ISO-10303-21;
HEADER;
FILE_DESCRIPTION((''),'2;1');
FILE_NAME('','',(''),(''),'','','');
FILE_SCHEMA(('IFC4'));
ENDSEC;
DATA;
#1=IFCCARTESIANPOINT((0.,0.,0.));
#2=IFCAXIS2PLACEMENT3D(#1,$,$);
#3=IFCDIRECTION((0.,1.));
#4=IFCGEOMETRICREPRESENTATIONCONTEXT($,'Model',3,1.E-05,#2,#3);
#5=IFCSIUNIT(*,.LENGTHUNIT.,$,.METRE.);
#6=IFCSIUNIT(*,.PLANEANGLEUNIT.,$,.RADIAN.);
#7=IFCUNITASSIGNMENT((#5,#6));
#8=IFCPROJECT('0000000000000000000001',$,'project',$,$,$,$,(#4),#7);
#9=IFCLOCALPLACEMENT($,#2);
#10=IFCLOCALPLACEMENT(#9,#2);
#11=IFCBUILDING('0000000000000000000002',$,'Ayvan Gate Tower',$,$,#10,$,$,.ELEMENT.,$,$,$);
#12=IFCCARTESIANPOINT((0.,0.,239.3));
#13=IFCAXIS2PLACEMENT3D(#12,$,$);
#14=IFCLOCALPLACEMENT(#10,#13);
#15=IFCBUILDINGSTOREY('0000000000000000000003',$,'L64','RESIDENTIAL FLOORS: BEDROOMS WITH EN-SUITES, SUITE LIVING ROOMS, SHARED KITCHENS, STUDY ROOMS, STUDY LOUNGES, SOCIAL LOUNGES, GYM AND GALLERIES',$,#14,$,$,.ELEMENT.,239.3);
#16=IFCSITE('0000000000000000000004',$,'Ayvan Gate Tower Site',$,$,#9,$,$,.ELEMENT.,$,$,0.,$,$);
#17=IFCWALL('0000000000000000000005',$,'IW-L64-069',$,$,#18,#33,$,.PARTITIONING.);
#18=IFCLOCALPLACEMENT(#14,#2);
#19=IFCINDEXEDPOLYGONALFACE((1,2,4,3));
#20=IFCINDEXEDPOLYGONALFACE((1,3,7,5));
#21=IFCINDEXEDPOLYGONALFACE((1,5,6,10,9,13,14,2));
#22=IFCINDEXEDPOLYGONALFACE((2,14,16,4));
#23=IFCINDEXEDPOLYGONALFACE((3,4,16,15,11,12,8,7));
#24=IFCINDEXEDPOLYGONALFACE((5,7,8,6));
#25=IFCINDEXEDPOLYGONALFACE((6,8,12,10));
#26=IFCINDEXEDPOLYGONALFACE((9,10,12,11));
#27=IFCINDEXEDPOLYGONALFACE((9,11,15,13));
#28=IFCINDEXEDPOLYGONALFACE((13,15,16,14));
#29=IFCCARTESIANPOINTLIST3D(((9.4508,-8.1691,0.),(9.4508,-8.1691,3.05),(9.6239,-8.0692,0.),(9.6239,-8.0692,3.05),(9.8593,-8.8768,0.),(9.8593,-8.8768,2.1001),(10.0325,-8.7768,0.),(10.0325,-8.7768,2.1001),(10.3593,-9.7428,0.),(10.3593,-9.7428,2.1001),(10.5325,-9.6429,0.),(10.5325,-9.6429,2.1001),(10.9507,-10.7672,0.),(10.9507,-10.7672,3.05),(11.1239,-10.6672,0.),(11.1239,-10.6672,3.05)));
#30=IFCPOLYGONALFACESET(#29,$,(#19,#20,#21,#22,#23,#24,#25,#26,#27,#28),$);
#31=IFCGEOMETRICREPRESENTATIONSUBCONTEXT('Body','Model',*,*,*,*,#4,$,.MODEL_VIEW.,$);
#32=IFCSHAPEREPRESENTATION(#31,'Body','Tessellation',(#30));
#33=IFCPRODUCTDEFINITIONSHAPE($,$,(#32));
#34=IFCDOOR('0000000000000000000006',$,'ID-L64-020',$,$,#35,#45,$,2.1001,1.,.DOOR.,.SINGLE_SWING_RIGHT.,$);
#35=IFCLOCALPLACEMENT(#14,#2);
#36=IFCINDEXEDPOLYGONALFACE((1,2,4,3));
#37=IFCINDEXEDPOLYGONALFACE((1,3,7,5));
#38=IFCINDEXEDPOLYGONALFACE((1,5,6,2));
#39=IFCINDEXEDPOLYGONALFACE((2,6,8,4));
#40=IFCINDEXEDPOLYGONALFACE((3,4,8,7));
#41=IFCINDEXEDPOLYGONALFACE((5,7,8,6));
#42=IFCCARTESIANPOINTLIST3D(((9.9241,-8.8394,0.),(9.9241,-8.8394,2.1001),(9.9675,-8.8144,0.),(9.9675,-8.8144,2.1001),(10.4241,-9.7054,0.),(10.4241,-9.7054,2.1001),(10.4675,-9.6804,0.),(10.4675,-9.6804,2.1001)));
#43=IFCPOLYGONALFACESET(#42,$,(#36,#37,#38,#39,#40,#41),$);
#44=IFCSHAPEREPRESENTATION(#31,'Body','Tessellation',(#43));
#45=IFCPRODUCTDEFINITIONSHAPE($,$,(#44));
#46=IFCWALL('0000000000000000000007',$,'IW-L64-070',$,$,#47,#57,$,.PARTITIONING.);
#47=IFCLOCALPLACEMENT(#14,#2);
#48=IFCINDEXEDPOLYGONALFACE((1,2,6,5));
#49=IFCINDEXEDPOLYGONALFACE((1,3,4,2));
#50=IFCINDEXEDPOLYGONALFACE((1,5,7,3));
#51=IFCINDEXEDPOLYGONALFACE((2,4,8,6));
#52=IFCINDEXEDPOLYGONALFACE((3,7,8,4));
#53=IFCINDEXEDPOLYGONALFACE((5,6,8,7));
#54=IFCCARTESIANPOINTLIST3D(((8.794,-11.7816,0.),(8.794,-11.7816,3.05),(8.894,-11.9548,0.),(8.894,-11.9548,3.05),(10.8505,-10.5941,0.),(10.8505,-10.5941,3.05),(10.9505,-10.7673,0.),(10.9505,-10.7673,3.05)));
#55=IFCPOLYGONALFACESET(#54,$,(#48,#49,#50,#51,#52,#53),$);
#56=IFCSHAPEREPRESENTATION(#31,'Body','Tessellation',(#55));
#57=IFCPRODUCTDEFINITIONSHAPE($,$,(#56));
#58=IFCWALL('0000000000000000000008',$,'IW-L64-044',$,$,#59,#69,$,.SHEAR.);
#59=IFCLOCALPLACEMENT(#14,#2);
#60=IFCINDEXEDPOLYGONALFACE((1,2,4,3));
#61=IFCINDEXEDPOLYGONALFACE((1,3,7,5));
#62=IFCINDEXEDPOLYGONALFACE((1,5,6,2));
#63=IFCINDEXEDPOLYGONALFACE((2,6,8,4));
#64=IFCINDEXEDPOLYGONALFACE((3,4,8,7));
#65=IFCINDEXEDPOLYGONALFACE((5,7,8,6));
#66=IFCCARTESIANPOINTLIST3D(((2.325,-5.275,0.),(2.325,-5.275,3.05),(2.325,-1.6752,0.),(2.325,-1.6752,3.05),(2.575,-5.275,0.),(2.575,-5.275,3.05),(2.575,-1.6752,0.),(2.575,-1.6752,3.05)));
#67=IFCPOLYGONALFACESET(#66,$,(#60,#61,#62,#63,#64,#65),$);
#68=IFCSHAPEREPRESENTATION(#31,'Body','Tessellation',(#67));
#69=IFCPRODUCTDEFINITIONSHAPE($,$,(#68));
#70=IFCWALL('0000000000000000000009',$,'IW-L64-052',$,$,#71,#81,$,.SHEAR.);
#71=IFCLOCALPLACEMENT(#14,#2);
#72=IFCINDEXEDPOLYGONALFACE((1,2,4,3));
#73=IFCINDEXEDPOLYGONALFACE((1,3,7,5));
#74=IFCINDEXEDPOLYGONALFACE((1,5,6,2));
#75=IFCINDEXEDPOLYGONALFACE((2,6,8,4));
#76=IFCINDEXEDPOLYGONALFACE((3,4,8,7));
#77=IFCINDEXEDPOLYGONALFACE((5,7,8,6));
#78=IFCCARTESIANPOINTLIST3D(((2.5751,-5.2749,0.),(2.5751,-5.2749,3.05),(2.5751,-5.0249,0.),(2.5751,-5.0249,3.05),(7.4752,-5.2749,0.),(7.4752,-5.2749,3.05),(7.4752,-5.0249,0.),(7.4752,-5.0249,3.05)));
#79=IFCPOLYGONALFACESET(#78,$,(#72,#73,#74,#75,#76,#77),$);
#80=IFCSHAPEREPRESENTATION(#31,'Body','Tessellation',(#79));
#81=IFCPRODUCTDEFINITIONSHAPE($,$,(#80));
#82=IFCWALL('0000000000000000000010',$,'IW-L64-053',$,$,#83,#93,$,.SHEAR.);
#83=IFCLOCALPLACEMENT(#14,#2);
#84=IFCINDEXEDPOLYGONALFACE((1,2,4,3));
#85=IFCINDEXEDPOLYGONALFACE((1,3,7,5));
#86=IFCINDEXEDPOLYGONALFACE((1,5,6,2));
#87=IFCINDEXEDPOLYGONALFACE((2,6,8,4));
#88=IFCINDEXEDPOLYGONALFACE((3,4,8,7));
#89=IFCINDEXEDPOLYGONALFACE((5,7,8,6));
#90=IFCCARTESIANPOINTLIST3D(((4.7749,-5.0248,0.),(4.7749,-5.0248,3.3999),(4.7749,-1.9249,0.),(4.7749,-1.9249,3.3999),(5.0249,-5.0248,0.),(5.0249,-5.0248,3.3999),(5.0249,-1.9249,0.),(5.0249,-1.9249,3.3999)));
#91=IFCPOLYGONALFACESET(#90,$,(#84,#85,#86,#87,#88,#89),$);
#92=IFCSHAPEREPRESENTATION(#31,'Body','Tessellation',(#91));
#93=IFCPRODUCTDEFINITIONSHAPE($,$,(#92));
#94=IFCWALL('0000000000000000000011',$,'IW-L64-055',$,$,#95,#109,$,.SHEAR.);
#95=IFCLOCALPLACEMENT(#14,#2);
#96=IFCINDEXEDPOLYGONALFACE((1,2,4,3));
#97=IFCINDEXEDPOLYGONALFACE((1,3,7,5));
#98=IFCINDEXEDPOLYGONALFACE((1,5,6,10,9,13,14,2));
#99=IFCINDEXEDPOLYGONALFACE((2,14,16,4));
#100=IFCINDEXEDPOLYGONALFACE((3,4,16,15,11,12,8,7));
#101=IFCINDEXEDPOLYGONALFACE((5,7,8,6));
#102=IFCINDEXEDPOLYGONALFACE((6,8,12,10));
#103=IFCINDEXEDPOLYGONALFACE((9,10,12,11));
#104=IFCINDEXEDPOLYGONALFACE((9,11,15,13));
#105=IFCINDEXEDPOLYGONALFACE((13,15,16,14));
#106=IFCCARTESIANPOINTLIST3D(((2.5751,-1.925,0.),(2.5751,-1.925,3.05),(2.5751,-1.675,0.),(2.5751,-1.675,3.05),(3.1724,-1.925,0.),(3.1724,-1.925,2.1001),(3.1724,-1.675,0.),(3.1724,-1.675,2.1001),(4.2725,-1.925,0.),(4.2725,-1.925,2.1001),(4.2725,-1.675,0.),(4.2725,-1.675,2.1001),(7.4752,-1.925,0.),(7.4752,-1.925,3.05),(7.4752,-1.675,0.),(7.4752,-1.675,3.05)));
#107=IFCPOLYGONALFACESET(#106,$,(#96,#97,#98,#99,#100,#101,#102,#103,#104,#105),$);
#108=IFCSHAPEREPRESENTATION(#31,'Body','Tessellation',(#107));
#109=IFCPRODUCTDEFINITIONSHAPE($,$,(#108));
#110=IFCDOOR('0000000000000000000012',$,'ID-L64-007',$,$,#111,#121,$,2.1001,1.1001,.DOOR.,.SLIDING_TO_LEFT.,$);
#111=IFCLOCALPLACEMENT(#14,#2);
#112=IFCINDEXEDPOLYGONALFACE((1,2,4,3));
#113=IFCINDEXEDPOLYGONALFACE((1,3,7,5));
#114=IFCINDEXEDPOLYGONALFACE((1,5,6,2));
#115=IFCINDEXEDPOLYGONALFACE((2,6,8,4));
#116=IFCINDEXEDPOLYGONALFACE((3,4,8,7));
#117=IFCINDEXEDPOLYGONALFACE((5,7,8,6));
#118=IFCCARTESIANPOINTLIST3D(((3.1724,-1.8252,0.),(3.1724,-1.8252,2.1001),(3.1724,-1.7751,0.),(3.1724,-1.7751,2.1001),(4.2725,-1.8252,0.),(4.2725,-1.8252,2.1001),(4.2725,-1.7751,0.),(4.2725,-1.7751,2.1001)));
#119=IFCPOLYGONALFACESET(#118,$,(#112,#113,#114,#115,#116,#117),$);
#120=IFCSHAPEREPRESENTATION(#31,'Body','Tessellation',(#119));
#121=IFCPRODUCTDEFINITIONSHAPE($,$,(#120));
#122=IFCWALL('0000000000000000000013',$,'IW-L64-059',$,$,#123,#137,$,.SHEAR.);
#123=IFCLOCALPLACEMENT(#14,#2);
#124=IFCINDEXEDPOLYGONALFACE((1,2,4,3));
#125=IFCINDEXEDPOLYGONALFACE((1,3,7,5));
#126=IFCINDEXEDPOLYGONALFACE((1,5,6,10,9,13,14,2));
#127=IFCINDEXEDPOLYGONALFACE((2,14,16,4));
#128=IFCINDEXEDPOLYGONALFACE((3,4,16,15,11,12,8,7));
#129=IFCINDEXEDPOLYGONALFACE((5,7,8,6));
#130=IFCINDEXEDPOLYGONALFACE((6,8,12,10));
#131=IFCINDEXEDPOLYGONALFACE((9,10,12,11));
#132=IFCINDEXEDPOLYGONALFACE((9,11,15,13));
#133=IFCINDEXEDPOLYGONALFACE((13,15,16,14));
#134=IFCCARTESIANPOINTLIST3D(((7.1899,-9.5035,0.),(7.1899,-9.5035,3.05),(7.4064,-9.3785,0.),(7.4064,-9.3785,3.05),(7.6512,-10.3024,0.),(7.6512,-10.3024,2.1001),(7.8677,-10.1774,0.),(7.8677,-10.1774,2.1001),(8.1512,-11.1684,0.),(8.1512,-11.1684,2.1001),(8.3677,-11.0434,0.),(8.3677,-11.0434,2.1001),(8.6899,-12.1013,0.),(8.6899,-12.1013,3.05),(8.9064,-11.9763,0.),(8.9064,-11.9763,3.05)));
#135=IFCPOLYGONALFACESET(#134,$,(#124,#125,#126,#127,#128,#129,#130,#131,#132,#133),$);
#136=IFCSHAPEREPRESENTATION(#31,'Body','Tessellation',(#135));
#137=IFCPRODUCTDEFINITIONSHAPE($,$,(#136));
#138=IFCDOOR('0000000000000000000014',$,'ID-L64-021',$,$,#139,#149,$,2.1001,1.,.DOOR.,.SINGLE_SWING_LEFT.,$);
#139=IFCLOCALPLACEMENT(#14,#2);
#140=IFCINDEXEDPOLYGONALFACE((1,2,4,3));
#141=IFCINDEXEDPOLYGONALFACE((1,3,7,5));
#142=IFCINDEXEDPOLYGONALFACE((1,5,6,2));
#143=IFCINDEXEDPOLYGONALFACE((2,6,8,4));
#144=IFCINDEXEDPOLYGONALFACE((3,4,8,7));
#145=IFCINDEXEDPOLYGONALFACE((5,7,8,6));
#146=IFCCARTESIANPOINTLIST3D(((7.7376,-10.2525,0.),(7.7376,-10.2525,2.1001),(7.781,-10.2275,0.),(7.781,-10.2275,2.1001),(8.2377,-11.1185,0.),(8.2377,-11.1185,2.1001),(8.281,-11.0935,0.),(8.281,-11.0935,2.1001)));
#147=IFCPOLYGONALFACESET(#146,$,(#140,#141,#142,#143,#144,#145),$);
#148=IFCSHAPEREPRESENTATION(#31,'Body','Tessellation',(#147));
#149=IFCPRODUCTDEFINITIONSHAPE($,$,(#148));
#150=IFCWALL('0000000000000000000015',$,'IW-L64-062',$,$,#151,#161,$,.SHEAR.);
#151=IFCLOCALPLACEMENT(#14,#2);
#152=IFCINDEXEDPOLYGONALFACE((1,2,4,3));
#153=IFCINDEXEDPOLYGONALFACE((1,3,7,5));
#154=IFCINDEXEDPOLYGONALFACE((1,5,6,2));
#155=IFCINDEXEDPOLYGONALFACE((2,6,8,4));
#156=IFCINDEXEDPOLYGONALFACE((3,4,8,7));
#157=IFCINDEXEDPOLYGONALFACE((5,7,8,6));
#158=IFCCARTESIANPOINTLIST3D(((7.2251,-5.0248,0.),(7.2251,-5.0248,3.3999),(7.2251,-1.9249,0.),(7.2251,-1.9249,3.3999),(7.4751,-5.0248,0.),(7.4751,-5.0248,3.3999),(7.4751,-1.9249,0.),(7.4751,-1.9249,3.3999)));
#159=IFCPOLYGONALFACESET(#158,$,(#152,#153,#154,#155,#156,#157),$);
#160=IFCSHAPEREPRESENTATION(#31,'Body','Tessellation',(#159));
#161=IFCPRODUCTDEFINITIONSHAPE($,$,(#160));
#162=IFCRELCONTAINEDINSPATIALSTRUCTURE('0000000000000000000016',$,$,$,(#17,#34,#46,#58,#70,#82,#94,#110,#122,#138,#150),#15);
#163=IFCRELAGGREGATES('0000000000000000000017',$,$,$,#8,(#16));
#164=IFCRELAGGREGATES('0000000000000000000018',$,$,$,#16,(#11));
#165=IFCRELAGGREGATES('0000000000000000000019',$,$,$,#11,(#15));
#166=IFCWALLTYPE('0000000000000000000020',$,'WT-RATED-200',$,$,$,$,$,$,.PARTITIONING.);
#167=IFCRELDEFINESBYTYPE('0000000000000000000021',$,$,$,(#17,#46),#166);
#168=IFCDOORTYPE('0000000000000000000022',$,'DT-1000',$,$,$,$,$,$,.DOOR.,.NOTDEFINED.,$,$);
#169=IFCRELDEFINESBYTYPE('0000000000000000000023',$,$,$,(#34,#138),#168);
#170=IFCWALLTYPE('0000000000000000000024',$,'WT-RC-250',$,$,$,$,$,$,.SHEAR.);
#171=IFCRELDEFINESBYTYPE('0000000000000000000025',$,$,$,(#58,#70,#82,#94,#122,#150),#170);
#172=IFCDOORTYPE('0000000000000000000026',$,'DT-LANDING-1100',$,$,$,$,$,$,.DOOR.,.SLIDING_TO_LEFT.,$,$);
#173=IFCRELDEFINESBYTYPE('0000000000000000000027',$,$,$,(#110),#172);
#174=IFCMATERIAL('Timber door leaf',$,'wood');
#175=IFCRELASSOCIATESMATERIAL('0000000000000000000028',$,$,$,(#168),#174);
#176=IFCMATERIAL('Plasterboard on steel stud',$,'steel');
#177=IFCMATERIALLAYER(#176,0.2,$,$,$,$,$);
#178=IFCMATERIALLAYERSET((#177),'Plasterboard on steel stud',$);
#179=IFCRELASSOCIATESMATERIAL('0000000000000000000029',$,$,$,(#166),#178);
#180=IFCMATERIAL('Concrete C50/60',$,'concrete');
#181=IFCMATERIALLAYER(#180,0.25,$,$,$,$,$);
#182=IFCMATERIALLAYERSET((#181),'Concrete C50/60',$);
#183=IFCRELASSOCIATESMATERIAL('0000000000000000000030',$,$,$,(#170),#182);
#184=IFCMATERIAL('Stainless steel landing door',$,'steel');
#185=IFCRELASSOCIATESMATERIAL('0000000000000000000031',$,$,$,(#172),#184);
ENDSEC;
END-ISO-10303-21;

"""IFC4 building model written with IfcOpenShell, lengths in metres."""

from ifc_helpers import new_model, si_unit, direction, frame, frame_2d, origin, place, context, subcontext, project, spatial, rectangle, extrude, material, layer, layer_set, type_object, element, fill, save


model = new_model("IFC4")

# Units and contexts
model_context = context("Model", 3, precision=1e-05, world=origin(), true_north=direction((0.0, 1.0)))
body_context = subcontext(model_context, "Body", "Model", "MODEL_VIEW")
ifc_project = project(units=[si_unit("LENGTHUNIT", "METRE"), si_unit("PLANEANGLEUNIT", "RADIAN")], contexts=[model_context])

# Site, building, storey
site_placement = place(None, origin())
site = spatial("IfcSite", under=ifc_project, at=site_placement, Name="Ayvan Gate Tower Site", CompositionType="ELEMENT", RefElevation=0.0)
building_placement = place(site_placement, origin())
building = spatial("IfcBuilding", under=site, at=building_placement, Name="Ayvan Gate Tower", CompositionType="ELEMENT")
storey_placement = place(building_placement, frame((0.0, 0.0, 239.3)))
storey = spatial("IfcBuildingStorey", under=building, at=storey_placement, Name="L64", Description="RESIDENTIAL FLOORS: BEDROOMS WITH EN-SUITES, SUITE LIVING ROOMS, SHARED KITCHENS, STUDY ROOMS, STUDY LOUNGES, SOCIAL LOUNGES, GYM AND GALLERIES", CompositionType="ELEMENT", Elevation=239.3)

# Shared definitions
ifc_material_1 = material(Name="Concrete C50/60", Category="concrete")

# Shared definitions
ifc_material_2 = material(Name="Timber door leaf", Category="wood")

# Shared definitions
ifc_material_3 = material(Name="Plasterboard on steel stud", Category="steel")

# Shared definitions
door_type_1 = type_object("IfcDoorType", Name="DT-1000", OperationType="NOTDEFINED", PredefinedType="DOOR", material=ifc_material_2)

# Shared definitions
ifc_layer_1 = layer(ifc_material_3, 0.2)
ifc_layer_set_1 = layer_set([ifc_layer_1], Name="Plasterboard on steel stud")
wall_type_1 = type_object("IfcWallType", Name="WT-RATED-200", PredefinedType="PARTITIONING", material=ifc_layer_set_1)

# Wall, opening, door
wall_1_placement = place(storey_placement, frame((9.5374, -8.1191, 0.0), z_axis=(0.0, 0.0, 1.0), x_axis=(0.49999, -0.866031, 0.0)))
wall_1 = element("IfcWall", 1, at=wall_1_placement, inside=storey, type_object=wall_type_1, Name="IW-L64-069", PredefinedType="PARTITIONING", context=body_context, shape_type="SweptSolid", body=[
    extrude(rectangle(XDim=3.0, YDim=0.2, at=frame_2d((1.5, 0.0))), origin(), (0.0, 0.0, 1.0), 3.05),
])
opening_1_placement = place(wall_1_placement, frame((0.8171, 0.0, 0.0)))
opening_1 = element("IfcOpeningElement", 2, at=opening_1_placement, cuts=wall_1, PredefinedType="OPENING", context=body_context, shape_type="SweptSolid", body=[
    extrude(rectangle(XDim=1.0, YDim=2.1001, at=frame_2d((0.5, 1.05))), frame((0.0, 0.1099, 0.0), z_axis=(0.0, -1.0, 0.0), x_axis=(1.0, 0.0, 0.0)), (0.0, 0.0, 1.0), 0.22),
])
door_1_placement = place(opening_1_placement, origin())
door_1 = element("IfcDoor", 3, at=door_1_placement, inside=storey, type_object=door_type_1, Name="ID-L64-020", OperationType="SINGLE_SWING_RIGHT", OverallHeight=2.1001, OverallWidth=1.0, PredefinedType="DOOR", context=body_context, shape_type="SweptSolid", body=[
    extrude(rectangle(XDim=1.0, YDim=2.1001, at=frame_2d((0.5, 1.05))), frame((0.0, 0.0249, 0.0), z_axis=(0.0, -1.0, 0.0), x_axis=(1.0, 0.0, 0.0)), (0.0, 0.0, 1.0), 0.05),
])
fill(opening_1, door_1)

# Walls
wall_2_placement = place(storey_placement, frame((10.9006, -10.6807, 0.0), z_axis=(0.0, 0.0, 1.0), x_axis=(-0.866008, -0.500031, 0.0)))
element("IfcWall", 4, at=wall_2_placement, inside=storey, type_object=wall_type_1, Name="IW-L64-070", PredefinedType="PARTITIONING", context=body_context, shape_type="SweptSolid", body=[
    extrude(rectangle(XDim=2.3748, YDim=0.2, at=frame_2d((1.1875, 0.0))), origin(), (0.0, 0.0, 1.0), 3.05),
])
ifc_layer_2 = layer(ifc_material_1, 0.25)
ifc_layer_set_2 = layer_set([ifc_layer_2], Name="Concrete C50/60")
wall_type_2 = type_object("IfcWallType", Name="WT-RC-250", PredefinedType="SHEAR", material=ifc_layer_set_2)
wall_3_placement = place(storey_placement, frame((2.45, -5.2749, 0.0), z_axis=(0.0, 0.0, 1.0), x_axis=(0.0, 1.0, 0.0)))
element("IfcWall", 5, at=wall_3_placement, inside=storey, type_object=wall_type_2, Name="IW-L64-044", PredefinedType="SHEAR", context=body_context, shape_type="SweptSolid", body=[
    extrude(rectangle(XDim=3.5999, YDim=0.25, at=frame_2d((1.7998, 0.0))), origin(), (0.0, 0.0, 1.0), 3.05),
])
wall_4_placement = place(storey_placement, frame((2.575, -5.1499, 0.0), z_axis=(0.0, 0.0, 1.0), x_axis=(1.0, 0.0, 0.0)))
element("IfcWall", 6, at=wall_4_placement, inside=storey, type_object=wall_type_2, Name="IW-L64-052", PredefinedType="SHEAR", context=body_context, shape_type="SweptSolid", body=[
    extrude(rectangle(XDim=4.9001, YDim=0.25, at=frame_2d((2.4502, 0.0))), origin(), (0.0, 0.0, 1.0), 3.05),
])
wall_5_placement = place(storey_placement, frame((4.8999, -1.925, 0.0), z_axis=(0.0, 0.0, 1.0), x_axis=(0.0, -1.0, 0.0)))
element("IfcWall", 7, at=wall_5_placement, inside=storey, type_object=wall_type_2, Name="IW-L64-053", PredefinedType="SHEAR", context=body_context, shape_type="SweptSolid", body=[
    extrude(rectangle(XDim=3.0999, YDim=0.25, at=frame_2d((1.5498, 0.0))), origin(), (0.0, 0.0, 1.0), 3.3999),
])

# Walls, openings, doors
wall_6_placement = place(storey_placement, frame((2.575, -1.8, 0.0), z_axis=(0.0, 0.0, 1.0), x_axis=(1.0, 0.0, 0.0)))
wall_6 = element("IfcWall", 8, at=wall_6_placement, inside=storey, type_object=wall_type_2, Name="IW-L64-055", PredefinedType="SHEAR", context=body_context, shape_type="SweptSolid", body=[
    extrude(rectangle(XDim=4.9001, YDim=0.25, at=frame_2d((2.4502, 0.0))), origin(), (0.0, 0.0, 1.0), 3.05),
])
opening_2_placement = place(wall_6_placement, frame((0.5974, 0.0, 0.0)))
opening_2 = element("IfcOpeningElement", 9, at=opening_2_placement, cuts=wall_6, PredefinedType="OPENING", context=body_context, shape_type="SweptSolid", body=[
    extrude(rectangle(XDim=1.1001, YDim=2.1001, at=frame_2d((0.55, 1.05))), frame((0.0, 0.135, 0.0), z_axis=(0.0, -1.0, 0.0), x_axis=(1.0, 0.0, 0.0)), (0.0, 0.0, 1.0), 0.27),
])
ifc_material_4 = material(Name="Stainless steel landing door", Category="steel")
door_type_2 = type_object("IfcDoorType", Name="DT-LANDING-1100", OperationType="SLIDING_TO_LEFT", PredefinedType="DOOR", material=ifc_material_4)
door_2_placement = place(opening_2_placement, origin())
door_2 = element("IfcDoor", 10, at=door_2_placement, inside=storey, type_object=door_type_2, Name="ID-L64-007", OperationType="SLIDING_TO_LEFT", OverallHeight=2.1001, OverallWidth=1.1001, PredefinedType="DOOR", context=body_context, shape_type="SweptSolid", body=[
    extrude(rectangle(XDim=1.1001, YDim=2.1001, at=frame_2d((0.55, 1.05))), frame((0.0, 0.0249, 0.0), z_axis=(0.0, -1.0, 0.0), x_axis=(1.0, 0.0, 0.0)), (0.0, 0.0, 1.0), 0.05),
])
fill(opening_2, door_2)
wall_7_placement = place(storey_placement, frame((7.2981, -9.4409, 0.0), z_axis=(0.0, 0.0, 1.0), x_axis=(0.500025, -0.866011, 0.0)))
wall_7 = element("IfcWall", 11, at=wall_7_placement, inside=storey, type_object=wall_type_2, Name="IW-L64-059", PredefinedType="SHEAR", context=body_context, shape_type="SweptSolid", body=[
    extrude(rectangle(XDim=2.9998, YDim=0.25, at=frame_2d((1.5, 0.0))), origin(), (0.0, 0.0, 1.0), 3.05),
])
opening_3_placement = place(wall_7_placement, frame((0.9226, 0.0, 0.0)))
opening_3 = element("IfcOpeningElement", 12, at=opening_3_placement, cuts=wall_7, PredefinedType="OPENING", context=body_context, shape_type="SweptSolid", body=[
    extrude(rectangle(XDim=1.0, YDim=2.1001, at=frame_2d((0.5, 1.05))), frame((0.0, 0.135, 0.0), z_axis=(0.0, -1.0, 0.0), x_axis=(1.0, 0.0, 0.0)), (0.0, 0.0, 1.0), 0.27),
])
door_3_placement = place(opening_3_placement, origin())
door_3 = element("IfcDoor", 13, at=door_3_placement, inside=storey, type_object=door_type_1, Name="ID-L64-021", OperationType="SINGLE_SWING_LEFT", OverallHeight=2.1001, OverallWidth=1.0, PredefinedType="DOOR", context=body_context, shape_type="SweptSolid", body=[
    extrude(rectangle(XDim=1.0, YDim=2.1001, at=frame_2d((0.5, 1.05))), frame((0.0, 0.0249, 0.0), z_axis=(0.0, -1.0, 0.0), x_axis=(1.0, 0.0, 0.0)), (0.0, 0.0, 1.0), 0.05),
])
fill(opening_3, door_3)

# Wall
wall_8_placement = place(storey_placement, frame((7.3501, -1.925, 0.0), z_axis=(0.0, 0.0, 1.0), x_axis=(0.0, -1.0, 0.0)))
element("IfcWall", 14, at=wall_8_placement, inside=storey, type_object=wall_type_2, Name="IW-L64-062", PredefinedType="SHEAR", context=body_context, shape_type="SweptSolid", body=[
    extrude(rectangle(XDim=3.0999, YDim=0.25, at=frame_2d((1.5498, 0.0))), origin(), (0.0, 0.0, 1.0), 3.3999),
])

save(model, "model.ifc")
